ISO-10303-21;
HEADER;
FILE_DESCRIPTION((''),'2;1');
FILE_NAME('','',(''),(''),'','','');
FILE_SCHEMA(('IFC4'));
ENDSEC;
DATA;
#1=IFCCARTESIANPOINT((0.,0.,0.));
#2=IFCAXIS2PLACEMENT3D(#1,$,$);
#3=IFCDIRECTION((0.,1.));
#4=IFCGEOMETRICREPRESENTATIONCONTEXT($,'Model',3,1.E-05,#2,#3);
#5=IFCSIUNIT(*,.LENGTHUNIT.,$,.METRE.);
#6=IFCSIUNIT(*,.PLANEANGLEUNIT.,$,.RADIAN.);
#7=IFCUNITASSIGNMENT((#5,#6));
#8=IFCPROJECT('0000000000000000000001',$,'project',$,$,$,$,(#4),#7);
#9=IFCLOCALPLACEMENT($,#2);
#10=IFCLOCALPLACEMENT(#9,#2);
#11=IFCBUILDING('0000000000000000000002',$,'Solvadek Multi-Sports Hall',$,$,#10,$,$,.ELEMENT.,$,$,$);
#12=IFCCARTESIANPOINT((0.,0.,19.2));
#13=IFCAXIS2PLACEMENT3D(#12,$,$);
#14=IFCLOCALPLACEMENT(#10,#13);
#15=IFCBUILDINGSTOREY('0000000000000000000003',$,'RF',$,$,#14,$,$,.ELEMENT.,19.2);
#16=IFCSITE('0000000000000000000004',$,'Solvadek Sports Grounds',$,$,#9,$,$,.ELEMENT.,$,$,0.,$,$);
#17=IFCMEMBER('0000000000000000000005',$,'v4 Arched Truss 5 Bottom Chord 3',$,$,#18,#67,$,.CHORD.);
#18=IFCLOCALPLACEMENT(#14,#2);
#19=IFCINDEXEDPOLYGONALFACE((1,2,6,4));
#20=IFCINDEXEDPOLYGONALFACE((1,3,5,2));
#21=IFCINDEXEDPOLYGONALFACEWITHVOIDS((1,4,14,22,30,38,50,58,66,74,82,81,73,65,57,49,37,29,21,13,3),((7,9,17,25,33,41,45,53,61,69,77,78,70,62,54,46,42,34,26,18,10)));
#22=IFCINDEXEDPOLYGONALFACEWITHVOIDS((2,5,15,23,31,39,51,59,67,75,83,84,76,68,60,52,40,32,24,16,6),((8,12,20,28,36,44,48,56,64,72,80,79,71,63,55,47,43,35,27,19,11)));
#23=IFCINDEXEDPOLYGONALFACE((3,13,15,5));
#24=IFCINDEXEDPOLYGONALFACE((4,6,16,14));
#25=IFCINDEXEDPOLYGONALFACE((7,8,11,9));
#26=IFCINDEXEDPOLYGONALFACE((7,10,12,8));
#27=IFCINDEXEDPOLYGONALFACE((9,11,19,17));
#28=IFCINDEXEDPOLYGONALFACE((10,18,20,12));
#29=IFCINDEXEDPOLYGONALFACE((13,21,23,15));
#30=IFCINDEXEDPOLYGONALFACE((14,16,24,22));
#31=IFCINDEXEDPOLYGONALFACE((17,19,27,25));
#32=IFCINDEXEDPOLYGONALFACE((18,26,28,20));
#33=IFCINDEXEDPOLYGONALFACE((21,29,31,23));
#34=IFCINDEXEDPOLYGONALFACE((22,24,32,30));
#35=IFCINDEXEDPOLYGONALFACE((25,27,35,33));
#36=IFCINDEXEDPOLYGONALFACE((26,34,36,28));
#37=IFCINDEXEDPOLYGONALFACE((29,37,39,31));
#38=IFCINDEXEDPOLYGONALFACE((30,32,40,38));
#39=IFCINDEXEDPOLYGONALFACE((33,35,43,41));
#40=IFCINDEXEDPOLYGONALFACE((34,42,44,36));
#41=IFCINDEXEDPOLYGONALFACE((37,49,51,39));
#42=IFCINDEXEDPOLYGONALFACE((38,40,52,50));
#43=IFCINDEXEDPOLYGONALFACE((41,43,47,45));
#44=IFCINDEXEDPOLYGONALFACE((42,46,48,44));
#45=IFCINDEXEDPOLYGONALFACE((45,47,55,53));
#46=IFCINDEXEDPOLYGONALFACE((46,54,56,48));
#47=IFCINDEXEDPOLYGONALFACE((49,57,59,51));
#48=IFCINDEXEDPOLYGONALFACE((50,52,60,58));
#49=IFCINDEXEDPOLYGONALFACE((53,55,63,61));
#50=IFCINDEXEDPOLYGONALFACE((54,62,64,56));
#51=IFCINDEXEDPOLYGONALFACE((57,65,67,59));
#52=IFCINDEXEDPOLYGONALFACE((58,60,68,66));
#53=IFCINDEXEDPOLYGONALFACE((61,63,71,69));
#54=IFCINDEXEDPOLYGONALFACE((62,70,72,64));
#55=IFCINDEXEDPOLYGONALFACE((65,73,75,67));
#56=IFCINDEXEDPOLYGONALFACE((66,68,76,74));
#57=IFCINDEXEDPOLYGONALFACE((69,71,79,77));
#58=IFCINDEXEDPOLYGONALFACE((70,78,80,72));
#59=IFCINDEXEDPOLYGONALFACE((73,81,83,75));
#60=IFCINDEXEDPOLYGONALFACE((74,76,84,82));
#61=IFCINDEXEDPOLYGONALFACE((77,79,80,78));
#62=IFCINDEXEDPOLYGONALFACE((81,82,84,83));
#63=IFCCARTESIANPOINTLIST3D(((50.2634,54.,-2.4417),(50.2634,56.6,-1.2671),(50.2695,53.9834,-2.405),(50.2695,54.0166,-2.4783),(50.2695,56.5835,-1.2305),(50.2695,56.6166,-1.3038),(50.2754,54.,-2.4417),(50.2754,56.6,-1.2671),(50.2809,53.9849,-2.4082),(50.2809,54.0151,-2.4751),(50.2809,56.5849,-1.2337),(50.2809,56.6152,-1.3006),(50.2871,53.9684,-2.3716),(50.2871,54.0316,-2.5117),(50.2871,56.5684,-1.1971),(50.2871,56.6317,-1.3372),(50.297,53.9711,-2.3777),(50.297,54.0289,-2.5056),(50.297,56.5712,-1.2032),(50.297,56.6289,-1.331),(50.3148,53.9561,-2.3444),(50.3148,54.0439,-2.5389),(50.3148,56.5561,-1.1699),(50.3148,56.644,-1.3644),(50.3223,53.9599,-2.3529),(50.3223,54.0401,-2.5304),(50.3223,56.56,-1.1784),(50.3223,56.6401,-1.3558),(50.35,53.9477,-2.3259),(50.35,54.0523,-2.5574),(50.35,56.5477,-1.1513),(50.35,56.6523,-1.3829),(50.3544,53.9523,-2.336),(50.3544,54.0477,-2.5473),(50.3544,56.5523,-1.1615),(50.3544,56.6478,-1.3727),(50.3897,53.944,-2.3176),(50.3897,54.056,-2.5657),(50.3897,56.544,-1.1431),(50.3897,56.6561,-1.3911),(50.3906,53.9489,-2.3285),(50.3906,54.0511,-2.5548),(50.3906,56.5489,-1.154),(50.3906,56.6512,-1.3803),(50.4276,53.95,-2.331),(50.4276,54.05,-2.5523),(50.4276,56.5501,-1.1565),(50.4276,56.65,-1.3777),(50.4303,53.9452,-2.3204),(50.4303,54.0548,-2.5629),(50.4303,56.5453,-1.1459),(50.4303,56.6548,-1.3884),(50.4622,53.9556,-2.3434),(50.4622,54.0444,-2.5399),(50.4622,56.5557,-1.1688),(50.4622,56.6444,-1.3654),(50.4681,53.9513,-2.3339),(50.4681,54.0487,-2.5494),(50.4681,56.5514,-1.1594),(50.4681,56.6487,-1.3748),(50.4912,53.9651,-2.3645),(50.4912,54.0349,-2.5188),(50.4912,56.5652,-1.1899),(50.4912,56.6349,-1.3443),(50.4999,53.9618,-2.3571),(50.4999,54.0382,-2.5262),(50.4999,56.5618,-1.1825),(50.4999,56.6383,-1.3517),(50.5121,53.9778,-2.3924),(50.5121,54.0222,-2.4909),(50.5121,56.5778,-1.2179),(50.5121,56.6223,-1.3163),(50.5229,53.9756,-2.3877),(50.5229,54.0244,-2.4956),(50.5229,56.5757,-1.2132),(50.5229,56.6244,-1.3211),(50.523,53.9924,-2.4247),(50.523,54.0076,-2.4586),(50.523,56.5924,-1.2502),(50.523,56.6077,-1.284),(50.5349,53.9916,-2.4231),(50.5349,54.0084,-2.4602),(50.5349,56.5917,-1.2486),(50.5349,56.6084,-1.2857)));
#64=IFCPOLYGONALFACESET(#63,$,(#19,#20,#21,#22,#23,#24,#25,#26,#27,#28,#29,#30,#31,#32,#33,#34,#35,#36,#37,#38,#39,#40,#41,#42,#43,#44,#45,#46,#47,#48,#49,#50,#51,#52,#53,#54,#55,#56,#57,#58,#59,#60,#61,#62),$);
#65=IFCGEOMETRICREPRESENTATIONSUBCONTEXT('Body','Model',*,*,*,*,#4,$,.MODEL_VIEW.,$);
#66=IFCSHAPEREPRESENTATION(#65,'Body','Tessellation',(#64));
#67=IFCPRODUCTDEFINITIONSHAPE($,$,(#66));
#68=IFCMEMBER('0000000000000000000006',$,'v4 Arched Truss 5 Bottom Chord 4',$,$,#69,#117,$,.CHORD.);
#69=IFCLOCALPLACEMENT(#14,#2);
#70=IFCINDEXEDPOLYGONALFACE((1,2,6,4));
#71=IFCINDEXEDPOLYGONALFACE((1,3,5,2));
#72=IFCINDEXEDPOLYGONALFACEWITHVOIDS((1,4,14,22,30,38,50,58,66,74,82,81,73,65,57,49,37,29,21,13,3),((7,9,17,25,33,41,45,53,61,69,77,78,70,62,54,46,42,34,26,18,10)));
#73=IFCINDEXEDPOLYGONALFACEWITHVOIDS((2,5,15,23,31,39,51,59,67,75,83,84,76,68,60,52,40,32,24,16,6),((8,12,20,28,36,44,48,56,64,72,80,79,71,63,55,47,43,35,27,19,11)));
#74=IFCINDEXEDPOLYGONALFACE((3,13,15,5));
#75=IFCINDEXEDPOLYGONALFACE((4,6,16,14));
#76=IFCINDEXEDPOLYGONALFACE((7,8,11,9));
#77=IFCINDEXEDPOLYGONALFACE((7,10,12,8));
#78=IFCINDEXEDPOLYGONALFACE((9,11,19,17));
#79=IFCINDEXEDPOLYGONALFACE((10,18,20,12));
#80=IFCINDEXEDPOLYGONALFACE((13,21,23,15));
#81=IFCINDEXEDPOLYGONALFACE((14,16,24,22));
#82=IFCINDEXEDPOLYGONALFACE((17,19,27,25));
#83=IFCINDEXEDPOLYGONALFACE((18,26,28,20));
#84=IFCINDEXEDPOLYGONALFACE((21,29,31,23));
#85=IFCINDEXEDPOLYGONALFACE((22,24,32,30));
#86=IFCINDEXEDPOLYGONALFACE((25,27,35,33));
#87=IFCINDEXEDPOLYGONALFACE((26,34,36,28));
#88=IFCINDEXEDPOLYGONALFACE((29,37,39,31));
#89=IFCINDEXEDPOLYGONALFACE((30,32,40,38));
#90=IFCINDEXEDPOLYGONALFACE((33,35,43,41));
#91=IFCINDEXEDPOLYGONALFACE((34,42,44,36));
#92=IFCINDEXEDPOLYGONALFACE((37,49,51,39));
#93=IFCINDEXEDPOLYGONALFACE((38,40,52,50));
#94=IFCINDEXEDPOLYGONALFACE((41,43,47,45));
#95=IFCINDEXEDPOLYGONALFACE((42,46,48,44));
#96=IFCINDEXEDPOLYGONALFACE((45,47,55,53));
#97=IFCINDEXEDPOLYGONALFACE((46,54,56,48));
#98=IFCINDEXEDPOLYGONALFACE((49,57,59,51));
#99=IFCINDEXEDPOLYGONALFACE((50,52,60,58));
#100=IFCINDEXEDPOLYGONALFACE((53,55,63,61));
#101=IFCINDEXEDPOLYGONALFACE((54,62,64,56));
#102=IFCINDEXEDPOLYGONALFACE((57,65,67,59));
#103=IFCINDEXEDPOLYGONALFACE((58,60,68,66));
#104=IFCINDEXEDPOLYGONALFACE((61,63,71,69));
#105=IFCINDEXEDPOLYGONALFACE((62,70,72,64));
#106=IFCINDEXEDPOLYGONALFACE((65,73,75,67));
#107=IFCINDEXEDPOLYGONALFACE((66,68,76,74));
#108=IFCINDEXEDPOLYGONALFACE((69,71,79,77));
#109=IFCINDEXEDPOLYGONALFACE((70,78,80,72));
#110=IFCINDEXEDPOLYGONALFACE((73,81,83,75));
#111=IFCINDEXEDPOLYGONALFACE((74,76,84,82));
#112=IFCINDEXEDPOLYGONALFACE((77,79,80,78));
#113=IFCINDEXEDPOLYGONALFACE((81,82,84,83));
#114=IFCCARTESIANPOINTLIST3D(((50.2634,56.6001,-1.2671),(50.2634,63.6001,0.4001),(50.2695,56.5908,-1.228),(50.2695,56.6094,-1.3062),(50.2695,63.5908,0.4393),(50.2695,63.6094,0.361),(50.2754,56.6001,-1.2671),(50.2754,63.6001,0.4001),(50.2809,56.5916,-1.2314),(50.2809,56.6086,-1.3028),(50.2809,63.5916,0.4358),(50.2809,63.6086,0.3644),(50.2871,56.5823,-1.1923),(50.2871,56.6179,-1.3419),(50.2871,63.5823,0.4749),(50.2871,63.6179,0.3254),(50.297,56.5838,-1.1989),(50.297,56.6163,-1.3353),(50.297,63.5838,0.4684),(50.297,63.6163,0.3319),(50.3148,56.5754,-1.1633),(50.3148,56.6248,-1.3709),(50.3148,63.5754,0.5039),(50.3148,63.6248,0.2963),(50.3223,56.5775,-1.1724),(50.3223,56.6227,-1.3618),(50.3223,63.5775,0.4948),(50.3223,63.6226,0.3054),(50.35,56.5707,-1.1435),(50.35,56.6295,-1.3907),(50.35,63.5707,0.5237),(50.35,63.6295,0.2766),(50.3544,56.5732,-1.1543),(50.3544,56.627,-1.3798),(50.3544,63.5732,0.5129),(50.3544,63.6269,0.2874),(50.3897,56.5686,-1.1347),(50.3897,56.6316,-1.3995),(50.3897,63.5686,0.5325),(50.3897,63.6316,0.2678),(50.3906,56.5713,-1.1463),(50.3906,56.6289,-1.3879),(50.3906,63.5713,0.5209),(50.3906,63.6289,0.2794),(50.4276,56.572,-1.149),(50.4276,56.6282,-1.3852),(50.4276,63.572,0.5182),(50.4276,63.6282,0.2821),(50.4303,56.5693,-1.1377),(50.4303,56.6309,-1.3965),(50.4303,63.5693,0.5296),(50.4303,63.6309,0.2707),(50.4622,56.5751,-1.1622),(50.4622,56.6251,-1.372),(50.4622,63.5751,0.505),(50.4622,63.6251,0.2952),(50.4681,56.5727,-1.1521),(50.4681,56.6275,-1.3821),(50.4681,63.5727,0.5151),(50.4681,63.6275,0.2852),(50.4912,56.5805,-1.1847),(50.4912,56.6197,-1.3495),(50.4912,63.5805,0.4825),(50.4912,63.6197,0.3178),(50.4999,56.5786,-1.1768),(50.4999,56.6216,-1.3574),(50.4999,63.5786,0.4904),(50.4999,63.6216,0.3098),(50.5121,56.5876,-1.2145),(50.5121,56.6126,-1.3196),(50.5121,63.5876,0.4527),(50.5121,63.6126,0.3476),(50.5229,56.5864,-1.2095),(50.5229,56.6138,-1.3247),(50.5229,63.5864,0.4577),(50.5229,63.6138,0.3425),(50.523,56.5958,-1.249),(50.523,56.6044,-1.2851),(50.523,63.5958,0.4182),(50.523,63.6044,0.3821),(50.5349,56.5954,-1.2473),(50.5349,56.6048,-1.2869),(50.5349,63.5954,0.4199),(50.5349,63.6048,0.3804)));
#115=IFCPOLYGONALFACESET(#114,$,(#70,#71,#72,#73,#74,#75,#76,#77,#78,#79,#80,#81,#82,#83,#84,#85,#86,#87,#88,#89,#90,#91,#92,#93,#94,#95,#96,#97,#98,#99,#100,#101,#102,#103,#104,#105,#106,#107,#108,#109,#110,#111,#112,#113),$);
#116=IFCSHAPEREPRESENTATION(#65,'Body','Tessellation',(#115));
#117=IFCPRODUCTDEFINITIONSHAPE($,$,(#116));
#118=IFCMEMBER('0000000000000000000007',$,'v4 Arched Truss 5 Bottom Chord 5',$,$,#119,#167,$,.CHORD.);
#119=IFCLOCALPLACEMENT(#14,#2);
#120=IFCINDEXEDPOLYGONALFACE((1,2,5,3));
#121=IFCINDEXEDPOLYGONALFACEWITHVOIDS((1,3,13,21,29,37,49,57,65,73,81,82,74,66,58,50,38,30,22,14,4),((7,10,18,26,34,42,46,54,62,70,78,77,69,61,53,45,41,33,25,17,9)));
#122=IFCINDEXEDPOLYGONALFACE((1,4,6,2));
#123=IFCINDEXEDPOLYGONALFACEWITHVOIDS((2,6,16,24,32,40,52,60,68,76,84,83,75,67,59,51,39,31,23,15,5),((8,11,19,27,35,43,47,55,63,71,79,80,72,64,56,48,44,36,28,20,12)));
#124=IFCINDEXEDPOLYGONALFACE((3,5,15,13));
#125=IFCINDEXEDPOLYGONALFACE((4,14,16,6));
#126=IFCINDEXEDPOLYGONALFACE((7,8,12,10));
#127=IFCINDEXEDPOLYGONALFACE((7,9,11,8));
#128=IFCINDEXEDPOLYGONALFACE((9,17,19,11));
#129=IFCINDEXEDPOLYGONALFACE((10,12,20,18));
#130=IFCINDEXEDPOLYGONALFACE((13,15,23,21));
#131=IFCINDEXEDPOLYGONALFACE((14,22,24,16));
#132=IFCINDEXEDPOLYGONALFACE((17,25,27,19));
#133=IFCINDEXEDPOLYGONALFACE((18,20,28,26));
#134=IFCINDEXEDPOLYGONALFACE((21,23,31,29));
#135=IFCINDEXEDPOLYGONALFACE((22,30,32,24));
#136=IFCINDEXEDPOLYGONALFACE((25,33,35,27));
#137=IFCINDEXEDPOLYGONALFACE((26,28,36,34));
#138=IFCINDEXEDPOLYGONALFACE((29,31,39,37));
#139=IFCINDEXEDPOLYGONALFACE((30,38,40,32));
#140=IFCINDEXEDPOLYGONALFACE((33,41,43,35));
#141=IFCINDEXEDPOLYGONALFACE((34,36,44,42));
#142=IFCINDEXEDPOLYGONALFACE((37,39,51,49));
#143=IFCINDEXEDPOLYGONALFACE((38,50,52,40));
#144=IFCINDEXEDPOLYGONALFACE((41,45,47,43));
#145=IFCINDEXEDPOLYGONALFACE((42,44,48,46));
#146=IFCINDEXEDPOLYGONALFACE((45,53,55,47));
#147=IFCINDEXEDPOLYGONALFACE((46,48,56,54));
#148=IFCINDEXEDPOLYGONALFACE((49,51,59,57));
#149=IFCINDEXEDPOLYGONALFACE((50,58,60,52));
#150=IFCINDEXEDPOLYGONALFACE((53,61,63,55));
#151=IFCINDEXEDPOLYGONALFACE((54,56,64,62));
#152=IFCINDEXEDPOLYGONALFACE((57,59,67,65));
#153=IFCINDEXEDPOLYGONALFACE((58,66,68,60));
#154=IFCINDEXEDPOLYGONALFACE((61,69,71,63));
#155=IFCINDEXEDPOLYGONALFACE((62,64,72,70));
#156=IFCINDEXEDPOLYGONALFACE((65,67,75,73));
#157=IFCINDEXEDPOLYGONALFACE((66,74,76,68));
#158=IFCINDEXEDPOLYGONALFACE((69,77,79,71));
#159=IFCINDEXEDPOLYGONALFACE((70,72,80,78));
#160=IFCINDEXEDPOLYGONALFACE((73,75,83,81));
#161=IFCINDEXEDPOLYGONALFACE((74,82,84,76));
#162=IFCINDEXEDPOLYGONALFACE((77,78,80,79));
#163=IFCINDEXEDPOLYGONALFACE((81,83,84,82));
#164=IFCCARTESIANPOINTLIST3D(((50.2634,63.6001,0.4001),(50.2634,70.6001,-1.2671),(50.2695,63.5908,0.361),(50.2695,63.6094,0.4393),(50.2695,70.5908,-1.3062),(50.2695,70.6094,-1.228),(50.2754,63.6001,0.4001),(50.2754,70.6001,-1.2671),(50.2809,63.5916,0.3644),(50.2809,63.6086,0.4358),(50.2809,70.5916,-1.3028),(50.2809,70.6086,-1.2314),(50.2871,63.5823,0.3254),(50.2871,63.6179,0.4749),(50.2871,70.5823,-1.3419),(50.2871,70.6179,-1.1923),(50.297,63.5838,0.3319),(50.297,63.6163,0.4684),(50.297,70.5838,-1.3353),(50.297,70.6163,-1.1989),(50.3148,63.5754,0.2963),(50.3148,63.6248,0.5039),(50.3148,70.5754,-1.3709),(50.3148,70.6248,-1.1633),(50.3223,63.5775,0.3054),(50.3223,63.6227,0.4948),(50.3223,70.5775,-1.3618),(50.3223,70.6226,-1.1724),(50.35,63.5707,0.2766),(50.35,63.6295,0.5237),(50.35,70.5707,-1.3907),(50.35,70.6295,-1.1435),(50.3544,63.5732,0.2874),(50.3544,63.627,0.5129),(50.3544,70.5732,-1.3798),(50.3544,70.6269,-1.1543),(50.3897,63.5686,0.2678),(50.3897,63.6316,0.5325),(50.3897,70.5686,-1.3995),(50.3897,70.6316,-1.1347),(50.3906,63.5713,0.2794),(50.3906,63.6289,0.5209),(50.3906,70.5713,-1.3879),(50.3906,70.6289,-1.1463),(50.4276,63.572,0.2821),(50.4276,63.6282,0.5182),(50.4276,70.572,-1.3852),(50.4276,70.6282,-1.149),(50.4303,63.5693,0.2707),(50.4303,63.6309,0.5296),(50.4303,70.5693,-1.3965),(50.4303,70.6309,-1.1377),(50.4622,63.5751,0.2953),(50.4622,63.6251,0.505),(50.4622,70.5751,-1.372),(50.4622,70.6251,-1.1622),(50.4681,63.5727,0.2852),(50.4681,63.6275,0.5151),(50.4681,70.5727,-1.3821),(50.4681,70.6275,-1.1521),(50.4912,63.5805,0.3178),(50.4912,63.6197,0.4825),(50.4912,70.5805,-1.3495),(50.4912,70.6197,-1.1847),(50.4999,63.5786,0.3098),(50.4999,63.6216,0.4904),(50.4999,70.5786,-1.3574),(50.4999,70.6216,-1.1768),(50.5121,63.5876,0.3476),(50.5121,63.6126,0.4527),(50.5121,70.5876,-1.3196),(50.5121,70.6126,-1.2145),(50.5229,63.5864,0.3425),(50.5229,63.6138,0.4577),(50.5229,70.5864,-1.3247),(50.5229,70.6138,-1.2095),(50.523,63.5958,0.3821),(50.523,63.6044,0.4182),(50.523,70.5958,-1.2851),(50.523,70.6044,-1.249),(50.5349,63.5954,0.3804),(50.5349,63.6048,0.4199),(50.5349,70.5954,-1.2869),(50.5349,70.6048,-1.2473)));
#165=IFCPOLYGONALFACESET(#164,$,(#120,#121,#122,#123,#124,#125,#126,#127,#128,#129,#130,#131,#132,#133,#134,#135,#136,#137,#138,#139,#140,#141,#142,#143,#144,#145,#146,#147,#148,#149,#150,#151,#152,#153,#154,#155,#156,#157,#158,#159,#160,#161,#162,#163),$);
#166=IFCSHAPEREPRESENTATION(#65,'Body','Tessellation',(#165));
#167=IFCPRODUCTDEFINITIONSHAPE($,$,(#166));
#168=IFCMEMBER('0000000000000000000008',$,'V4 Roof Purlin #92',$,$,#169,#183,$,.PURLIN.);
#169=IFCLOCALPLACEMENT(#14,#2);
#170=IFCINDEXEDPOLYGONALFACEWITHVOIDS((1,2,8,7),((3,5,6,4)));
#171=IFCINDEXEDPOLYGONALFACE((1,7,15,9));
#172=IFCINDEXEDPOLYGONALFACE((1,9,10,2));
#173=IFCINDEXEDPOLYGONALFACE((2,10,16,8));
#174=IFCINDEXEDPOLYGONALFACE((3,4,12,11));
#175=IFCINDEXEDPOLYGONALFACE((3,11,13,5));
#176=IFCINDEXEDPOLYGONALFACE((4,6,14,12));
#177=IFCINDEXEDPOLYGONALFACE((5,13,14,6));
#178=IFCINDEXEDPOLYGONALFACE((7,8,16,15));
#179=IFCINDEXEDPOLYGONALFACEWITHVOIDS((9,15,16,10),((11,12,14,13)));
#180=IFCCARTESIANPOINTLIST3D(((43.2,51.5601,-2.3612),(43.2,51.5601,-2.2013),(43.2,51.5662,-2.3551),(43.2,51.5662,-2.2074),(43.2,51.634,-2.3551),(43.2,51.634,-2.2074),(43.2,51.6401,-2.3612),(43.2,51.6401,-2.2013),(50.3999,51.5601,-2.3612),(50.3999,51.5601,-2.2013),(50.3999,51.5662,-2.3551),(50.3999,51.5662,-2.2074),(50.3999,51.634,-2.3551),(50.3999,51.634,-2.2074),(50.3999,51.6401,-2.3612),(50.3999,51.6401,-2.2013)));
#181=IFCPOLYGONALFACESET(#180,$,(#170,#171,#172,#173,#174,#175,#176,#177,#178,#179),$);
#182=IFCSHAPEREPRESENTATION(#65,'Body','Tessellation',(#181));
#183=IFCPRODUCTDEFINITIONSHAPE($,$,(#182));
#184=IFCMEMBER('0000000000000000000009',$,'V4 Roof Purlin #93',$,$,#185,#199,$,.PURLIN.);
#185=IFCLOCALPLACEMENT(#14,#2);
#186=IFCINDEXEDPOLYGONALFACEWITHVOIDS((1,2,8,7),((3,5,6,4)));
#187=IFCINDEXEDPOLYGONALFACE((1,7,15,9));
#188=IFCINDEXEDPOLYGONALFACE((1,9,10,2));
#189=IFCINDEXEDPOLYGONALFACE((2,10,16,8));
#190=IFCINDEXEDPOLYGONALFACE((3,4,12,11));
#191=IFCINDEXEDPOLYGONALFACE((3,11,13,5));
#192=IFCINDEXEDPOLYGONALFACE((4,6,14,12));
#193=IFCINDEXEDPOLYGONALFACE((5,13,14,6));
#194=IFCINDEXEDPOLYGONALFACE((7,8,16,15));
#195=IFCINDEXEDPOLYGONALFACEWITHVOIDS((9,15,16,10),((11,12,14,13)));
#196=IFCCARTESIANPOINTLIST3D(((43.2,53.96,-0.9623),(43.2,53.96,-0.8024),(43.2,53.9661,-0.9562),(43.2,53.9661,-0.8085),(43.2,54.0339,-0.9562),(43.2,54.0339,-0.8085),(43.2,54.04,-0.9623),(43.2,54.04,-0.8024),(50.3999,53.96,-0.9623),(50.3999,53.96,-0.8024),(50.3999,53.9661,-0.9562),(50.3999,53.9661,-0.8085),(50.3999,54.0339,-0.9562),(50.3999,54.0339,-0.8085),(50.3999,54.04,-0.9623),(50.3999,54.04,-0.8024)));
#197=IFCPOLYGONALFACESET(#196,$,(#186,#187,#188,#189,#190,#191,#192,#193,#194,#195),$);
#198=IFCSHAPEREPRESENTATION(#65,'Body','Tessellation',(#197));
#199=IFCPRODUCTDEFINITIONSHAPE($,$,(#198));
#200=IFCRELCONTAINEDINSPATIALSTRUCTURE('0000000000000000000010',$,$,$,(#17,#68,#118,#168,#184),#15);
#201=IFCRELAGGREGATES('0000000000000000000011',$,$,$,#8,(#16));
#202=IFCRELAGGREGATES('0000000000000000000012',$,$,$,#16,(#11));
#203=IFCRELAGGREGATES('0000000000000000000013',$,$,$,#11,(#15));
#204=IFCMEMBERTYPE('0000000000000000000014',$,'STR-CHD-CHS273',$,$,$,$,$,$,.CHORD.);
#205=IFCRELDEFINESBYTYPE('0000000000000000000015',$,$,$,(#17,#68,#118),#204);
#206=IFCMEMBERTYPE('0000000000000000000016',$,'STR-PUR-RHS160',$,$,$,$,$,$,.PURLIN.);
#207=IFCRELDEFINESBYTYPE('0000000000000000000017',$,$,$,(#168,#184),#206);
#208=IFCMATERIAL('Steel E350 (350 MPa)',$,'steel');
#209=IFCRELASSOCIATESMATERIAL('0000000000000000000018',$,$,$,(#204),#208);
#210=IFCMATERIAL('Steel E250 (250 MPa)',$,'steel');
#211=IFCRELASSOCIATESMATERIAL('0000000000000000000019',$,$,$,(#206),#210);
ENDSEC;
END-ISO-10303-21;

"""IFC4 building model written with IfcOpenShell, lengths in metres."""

from ifc_helpers import new_model, si_unit, direction, frame, origin, origin_2d, place, context, subcontext, project, spatial, hollow_rectangle, hollow_circle, extrude, material, material_profile, profile_set, type_object, element, save


model = new_model("IFC4")

# Units and contexts
model_context = context("Model", 3, precision=1e-05, world=origin(), true_north=direction((0.0, 1.0)))
body_context = subcontext(model_context, "Body", "Model", "MODEL_VIEW")
ifc_project = project(units=[si_unit("LENGTHUNIT", "METRE"), si_unit("PLANEANGLEUNIT", "RADIAN")], contexts=[model_context])

# Site, building, storey
site_placement = place(None, origin())
site = spatial("IfcSite", under=ifc_project, at=site_placement, Name="Solvadek Sports Grounds", CompositionType="ELEMENT", RefElevation=0.0)
building_placement = place(site_placement, origin())
building = spatial("IfcBuilding", under=site, at=building_placement, Name="Solvadek Multi-Sports Hall", CompositionType="ELEMENT")
storey_placement = place(building_placement, frame((0.0, 0.0, 19.2)))
storey = spatial("IfcBuildingStorey", under=building, at=storey_placement, Name="RF", CompositionType="ELEMENT", Elevation=19.2)

# Members
ifc_material_1 = material(Name="Steel E350 (350 MPa)", Category="steel")
ifc_material_profile_1 = material_profile(ifc_material_1, hollow_circle(Radius=0.1365, WallThickness=0.012, at=origin_2d()), Name="CHS 273.0x12")
ifc_profile_set_1 = profile_set([ifc_material_profile_1], Name="Steel E350 (350 MPa)")
member_type_1 = type_object("IfcMemberType", Name="STR-CHD-CHS273", PredefinedType="CHORD", material=ifc_profile_set_1)
member_1_placement = place(storey_placement, frame((50.3999, 54.0, -2.4417), z_axis=(0.0, 0.911328, 0.411681), x_axis=(-1.0, 0.0, 0.0)))
element("IfcMember", 1, at=member_1_placement, inside=storey, type_object=member_type_1, Name="v4 Arched Truss 5 Bottom Chord 3", PredefinedType="CHORD", context=body_context, shape_type="SweptSolid", body=[
    extrude(hollow_circle(Radius=0.1365, WallThickness=0.012, at=origin_2d()), origin(), (0.0, 0.0, 1.0), 2.853),
])
for number, where, z_axis, x_axis, name in (
    (2, (50.3999, 56.6001, -1.2671), (0.0, 0.972788, 0.231695), (-1.0, 0.0, 0.0), "v4 Arched Truss 5 Bottom Chord 4"),
    (3, (50.3999, 63.6001, 0.4001), (0.0, 0.972788, -0.231695), (-1.0, 0.0, 0.0), "v4 Arched Truss 5 Bottom Chord 5"),
):
    element("IfcMember", number, at=place(storey_placement, frame(where, z_axis=z_axis, x_axis=x_axis)), inside=storey, type_object=member_type_1, Name=name, PredefinedType="CHORD", context=body_context, shape_type="SweptSolid", body=[
        extrude(hollow_circle(Radius=0.1365, WallThickness=0.012, at=origin_2d()), origin(), (0.0, 0.0, 1.0), 7.1958),
    ])
ifc_material_2 = material(Name="Steel E250 (250 MPa)", Category="steel")
ifc_material_profile_2 = material_profile(ifc_material_2, hollow_rectangle(XDim=0.0801, YDim=0.1599, WallThickness=0.0061, at=origin_2d()), Name="RHS 160x80x6")
ifc_profile_set_2 = profile_set([ifc_material_profile_2], Name="Steel E250 (250 MPa)")
member_type_2 = type_object("IfcMemberType", Name="STR-PUR-RHS160", PredefinedType="PURLIN", material=ifc_profile_set_2)
for number, where, z_axis, x_axis, name in (
    (4, (43.2, 51.6001, -2.2812), (1.0, 0.0, 0.0), (0.0, 1.0, 0.0), "V4 Roof Purlin #92"),
    (5, (43.2, 54.0, -0.8823), (1.0, 0.0, 0.0), (0.0, 1.0, 0.0), "V4 Roof Purlin #93"),
):
    element("IfcMember", number, at=place(storey_placement, frame(where, z_axis=z_axis, x_axis=x_axis)), inside=storey, type_object=member_type_2, Name=name, PredefinedType="PURLIN", context=body_context, shape_type="SweptSolid", body=[
        extrude(hollow_rectangle(XDim=0.0801, YDim=0.1599, WallThickness=0.0061, at=origin_2d()), origin(), (0.0, 0.0, 1.0), 7.2),
    ])

save(model, "model.ifc")
